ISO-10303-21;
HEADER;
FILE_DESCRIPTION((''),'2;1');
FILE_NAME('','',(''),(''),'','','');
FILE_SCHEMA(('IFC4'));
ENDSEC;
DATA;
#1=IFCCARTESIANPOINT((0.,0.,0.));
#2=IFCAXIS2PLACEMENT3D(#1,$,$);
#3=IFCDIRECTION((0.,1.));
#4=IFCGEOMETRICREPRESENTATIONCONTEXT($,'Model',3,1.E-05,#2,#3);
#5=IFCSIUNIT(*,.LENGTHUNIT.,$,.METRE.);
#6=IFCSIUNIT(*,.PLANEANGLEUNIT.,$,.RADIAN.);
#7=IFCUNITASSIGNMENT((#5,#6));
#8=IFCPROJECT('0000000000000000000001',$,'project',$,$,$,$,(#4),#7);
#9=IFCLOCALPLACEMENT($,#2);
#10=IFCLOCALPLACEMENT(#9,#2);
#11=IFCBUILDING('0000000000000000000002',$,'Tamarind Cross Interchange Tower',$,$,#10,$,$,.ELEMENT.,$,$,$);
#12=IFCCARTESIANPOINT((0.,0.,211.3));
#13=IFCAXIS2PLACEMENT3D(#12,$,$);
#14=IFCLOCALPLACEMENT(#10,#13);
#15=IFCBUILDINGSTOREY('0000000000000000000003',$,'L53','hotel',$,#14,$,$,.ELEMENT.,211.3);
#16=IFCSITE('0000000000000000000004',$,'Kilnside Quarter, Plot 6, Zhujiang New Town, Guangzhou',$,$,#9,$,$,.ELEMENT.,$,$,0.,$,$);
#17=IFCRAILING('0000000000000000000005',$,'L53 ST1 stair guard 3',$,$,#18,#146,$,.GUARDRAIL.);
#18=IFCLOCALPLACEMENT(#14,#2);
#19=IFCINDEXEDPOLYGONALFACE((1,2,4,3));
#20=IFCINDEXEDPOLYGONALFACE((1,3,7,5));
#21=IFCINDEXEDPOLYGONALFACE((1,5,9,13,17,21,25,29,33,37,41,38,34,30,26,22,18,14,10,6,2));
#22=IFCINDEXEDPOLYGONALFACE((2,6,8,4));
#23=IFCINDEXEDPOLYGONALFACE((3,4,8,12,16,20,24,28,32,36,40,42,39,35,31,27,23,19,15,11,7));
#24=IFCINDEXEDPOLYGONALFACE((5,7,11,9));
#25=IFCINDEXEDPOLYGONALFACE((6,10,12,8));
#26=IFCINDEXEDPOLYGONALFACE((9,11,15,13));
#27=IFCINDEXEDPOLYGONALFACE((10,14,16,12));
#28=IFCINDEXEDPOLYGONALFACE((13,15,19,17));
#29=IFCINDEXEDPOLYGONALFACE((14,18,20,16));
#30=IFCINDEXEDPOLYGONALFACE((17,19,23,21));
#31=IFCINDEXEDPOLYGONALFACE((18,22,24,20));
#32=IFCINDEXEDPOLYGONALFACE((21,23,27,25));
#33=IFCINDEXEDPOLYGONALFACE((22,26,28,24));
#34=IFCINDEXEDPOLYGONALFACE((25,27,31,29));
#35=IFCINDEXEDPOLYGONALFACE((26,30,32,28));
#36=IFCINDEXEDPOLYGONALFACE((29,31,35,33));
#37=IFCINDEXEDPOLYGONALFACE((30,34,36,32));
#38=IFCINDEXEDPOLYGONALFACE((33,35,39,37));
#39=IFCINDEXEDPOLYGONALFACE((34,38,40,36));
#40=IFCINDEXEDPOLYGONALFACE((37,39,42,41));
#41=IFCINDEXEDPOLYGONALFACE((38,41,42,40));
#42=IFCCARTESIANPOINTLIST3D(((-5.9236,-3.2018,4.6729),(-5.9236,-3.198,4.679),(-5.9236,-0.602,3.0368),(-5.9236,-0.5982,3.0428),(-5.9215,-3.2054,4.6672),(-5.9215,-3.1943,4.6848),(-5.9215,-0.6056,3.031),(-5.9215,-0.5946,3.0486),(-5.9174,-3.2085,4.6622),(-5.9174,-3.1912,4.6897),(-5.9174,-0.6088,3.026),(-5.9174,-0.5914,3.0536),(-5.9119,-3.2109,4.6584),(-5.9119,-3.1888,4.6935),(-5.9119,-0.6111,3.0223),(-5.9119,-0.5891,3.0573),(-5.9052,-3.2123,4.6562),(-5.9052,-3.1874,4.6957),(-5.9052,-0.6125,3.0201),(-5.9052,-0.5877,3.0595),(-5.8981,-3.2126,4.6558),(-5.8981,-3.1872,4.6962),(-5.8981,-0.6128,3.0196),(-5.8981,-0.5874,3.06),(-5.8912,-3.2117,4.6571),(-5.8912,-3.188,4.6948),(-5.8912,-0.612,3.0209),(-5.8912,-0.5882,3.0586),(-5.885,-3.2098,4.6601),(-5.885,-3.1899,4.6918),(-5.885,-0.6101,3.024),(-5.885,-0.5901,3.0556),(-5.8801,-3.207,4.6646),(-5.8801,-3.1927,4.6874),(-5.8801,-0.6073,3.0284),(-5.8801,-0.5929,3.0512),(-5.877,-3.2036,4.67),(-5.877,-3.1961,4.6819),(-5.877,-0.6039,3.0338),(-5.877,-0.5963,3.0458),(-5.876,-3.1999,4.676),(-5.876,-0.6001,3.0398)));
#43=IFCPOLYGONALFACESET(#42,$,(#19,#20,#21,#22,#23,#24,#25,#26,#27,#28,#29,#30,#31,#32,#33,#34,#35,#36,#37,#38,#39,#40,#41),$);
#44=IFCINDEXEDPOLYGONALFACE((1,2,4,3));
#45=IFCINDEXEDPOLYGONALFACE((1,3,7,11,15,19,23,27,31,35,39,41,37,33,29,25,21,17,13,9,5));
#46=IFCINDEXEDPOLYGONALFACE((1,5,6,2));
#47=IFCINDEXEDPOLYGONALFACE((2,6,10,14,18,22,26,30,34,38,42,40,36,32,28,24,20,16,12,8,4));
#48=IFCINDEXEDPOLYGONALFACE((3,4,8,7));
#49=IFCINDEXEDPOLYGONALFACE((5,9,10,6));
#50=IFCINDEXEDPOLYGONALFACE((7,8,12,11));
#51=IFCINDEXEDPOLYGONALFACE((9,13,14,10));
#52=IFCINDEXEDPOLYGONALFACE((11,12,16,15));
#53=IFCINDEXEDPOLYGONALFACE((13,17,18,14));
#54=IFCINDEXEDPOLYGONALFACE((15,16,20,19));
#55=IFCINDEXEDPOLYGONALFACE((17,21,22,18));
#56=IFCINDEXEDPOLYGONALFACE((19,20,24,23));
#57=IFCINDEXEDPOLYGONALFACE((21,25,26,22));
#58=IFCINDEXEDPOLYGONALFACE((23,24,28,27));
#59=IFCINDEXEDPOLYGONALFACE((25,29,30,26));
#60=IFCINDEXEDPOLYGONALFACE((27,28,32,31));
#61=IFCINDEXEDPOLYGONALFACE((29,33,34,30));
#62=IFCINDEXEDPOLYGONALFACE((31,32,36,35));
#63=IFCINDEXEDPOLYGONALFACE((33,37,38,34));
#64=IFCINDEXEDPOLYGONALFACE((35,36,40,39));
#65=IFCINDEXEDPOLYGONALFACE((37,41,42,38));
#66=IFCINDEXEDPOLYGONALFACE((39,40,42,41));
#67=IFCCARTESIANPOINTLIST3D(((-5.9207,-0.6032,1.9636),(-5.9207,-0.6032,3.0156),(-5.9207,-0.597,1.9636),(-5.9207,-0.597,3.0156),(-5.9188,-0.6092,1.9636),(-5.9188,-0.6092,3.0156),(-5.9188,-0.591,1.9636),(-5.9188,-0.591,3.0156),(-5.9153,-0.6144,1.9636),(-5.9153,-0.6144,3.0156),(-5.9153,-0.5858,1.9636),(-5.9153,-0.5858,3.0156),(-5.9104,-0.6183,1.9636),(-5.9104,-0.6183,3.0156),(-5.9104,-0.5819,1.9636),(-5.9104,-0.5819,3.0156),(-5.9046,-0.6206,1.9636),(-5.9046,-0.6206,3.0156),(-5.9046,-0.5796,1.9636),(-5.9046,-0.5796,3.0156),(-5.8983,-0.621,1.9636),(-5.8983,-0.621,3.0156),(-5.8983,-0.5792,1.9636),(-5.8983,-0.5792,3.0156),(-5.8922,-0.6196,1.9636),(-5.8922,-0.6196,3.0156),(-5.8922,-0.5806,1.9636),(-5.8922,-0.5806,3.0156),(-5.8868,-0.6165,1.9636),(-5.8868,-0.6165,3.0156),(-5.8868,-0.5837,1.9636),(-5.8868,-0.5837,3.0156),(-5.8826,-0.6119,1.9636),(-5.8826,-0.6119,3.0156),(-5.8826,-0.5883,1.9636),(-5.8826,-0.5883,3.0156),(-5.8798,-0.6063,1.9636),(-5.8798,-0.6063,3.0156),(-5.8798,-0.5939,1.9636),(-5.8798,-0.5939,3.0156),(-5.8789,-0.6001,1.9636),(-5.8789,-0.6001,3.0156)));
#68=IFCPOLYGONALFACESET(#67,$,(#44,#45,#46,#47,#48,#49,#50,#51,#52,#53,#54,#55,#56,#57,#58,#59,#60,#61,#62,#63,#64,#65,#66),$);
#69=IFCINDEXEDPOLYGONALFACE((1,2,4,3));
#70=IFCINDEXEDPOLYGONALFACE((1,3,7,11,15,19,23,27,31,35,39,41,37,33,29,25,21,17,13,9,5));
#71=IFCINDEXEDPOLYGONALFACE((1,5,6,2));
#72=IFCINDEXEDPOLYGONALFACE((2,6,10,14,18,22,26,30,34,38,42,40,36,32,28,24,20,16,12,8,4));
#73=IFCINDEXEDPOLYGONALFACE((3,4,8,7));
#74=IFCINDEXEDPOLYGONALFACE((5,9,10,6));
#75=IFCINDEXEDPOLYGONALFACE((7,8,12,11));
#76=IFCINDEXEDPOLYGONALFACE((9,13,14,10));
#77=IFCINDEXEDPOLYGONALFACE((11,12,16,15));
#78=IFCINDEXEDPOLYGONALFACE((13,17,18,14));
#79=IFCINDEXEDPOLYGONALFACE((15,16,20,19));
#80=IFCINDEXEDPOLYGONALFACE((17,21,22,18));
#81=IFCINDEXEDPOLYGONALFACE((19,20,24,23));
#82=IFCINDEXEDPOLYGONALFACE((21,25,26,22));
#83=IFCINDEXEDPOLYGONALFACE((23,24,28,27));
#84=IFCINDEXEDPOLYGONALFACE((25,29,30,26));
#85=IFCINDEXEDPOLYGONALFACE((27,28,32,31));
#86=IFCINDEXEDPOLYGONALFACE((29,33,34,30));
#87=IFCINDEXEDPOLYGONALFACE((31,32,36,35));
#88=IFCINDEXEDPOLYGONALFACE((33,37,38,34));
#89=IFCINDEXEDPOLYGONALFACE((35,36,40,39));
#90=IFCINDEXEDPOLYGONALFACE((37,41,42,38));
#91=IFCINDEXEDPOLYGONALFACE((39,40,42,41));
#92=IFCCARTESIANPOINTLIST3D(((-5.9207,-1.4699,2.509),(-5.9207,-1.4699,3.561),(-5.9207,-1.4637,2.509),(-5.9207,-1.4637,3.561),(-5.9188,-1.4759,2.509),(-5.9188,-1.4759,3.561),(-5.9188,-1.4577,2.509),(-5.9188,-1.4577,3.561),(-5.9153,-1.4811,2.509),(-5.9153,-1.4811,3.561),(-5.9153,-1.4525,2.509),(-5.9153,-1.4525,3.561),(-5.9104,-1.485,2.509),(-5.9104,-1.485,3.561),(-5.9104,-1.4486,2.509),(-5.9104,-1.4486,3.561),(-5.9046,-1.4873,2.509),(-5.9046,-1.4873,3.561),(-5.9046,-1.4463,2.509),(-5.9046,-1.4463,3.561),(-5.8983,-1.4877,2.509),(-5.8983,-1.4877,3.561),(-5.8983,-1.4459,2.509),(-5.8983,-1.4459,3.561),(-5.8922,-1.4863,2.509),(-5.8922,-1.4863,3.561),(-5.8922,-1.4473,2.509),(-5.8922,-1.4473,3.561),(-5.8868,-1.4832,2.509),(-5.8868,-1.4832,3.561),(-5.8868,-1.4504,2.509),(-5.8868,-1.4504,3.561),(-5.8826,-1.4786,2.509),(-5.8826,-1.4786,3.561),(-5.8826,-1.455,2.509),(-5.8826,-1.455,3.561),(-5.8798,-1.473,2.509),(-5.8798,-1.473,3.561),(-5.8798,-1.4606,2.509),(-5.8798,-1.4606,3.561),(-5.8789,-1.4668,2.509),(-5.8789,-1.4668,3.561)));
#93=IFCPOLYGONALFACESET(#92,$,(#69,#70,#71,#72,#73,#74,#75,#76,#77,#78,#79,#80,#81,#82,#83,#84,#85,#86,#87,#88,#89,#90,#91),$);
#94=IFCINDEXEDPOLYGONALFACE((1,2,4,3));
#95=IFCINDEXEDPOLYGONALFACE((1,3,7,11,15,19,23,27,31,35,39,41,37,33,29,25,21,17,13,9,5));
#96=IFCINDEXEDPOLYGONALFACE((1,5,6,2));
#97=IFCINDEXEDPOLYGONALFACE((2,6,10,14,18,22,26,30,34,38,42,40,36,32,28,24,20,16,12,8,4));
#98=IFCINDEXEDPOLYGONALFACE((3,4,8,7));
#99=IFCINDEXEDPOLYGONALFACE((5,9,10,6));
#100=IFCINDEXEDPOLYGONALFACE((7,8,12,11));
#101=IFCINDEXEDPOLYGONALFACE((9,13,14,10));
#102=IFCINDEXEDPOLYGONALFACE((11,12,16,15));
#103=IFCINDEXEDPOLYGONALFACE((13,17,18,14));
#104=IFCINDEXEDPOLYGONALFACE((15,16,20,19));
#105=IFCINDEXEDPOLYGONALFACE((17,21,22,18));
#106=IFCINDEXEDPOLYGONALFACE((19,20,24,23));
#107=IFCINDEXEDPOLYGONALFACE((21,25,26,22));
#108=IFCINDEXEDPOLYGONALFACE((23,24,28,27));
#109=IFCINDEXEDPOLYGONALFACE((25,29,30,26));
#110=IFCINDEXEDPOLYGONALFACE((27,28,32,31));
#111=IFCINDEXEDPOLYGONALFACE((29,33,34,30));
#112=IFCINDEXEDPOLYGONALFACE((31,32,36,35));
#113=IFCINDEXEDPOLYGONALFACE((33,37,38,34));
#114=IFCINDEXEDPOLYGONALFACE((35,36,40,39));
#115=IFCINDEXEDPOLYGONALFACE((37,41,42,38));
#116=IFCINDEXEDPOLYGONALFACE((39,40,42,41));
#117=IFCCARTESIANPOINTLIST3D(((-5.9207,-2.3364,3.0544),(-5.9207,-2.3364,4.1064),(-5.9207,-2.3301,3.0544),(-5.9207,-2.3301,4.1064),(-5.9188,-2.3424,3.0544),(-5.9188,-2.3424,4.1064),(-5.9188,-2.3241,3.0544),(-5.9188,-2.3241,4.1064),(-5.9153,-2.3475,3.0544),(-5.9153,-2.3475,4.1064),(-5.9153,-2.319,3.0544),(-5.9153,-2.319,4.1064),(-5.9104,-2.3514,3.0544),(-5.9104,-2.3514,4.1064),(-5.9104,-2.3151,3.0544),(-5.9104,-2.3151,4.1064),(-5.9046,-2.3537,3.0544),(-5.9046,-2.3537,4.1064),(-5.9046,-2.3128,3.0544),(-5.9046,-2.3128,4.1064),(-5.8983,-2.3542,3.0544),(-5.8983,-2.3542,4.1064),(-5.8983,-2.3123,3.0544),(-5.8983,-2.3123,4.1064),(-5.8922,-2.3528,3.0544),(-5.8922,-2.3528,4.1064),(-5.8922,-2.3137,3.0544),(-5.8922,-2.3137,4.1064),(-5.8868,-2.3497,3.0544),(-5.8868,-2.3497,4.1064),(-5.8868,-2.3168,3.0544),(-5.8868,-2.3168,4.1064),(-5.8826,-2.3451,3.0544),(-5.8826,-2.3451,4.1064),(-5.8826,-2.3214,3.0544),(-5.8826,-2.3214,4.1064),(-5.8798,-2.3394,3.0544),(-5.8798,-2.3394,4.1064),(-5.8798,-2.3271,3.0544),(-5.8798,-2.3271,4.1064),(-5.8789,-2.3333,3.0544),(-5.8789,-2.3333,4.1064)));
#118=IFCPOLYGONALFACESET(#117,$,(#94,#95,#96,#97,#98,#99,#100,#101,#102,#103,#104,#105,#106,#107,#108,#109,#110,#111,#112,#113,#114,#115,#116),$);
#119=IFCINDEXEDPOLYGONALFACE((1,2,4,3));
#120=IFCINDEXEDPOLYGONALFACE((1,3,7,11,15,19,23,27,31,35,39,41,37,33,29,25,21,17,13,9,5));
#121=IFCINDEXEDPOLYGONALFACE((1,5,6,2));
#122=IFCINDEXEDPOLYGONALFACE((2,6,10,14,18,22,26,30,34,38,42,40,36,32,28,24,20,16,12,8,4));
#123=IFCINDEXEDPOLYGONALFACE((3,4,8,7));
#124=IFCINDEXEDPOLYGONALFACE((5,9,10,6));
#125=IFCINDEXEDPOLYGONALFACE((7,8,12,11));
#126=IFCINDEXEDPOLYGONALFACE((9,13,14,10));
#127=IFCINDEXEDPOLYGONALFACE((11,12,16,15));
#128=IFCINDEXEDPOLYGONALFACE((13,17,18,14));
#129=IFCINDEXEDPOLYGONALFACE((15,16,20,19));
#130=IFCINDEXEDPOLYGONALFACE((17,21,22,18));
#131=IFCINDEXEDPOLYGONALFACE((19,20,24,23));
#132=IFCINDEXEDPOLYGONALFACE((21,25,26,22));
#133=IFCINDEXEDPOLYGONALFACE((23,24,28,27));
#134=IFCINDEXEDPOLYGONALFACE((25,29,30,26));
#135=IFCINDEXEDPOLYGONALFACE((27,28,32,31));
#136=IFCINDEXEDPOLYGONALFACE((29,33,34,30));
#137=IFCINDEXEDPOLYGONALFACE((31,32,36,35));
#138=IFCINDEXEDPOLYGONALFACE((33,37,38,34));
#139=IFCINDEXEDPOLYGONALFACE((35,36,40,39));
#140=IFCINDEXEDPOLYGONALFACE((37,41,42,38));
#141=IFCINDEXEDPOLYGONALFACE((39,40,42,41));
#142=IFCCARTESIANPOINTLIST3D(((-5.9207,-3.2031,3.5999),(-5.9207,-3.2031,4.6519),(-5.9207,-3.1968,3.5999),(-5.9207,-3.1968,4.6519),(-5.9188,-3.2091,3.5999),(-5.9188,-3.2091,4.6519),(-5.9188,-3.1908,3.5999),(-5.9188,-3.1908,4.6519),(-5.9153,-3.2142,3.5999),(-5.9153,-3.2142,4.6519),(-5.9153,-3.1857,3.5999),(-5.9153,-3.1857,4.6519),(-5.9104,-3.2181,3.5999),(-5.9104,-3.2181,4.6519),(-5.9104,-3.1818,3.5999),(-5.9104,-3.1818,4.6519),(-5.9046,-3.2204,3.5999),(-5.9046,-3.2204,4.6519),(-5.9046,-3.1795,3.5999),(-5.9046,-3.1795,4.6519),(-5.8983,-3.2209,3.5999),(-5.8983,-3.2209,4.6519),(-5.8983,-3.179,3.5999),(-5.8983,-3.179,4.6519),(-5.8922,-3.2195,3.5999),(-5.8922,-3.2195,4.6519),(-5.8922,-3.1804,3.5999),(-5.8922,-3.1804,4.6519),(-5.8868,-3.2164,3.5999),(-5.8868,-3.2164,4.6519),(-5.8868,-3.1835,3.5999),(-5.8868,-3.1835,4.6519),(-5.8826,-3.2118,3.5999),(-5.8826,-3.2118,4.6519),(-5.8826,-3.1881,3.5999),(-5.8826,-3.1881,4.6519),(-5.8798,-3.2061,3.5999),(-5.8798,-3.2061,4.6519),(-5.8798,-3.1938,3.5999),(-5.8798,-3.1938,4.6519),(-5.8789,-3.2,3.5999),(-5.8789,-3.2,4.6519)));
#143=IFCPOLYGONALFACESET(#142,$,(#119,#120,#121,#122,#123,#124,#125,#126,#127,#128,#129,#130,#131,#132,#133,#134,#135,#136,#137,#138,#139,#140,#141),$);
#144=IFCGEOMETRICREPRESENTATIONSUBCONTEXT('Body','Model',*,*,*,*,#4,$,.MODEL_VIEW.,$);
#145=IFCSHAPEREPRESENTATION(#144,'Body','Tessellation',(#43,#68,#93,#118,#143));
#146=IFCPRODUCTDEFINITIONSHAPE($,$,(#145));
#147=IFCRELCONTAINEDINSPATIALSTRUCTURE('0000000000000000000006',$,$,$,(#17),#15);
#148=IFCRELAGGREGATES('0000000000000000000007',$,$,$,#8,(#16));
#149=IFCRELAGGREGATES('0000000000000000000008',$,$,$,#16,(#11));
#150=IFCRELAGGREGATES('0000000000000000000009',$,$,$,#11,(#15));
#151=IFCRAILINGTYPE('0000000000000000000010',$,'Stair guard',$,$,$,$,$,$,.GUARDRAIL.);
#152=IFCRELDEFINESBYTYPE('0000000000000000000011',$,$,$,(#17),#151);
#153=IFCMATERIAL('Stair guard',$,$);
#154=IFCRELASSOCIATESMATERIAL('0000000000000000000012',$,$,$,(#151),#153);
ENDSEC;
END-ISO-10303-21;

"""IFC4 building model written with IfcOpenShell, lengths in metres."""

from ifc_helpers import new_model, si_unit, direction, frame, origin, origin_2d, place, context, subcontext, project, spatial, circle, extrude, material, type_object, element, save


model = new_model("IFC4")

# Units and contexts
model_context = context("Model", 3, precision=1e-05, world=origin(), true_north=direction((0.0, 1.0)))
body_context = subcontext(model_context, "Body", "Model", "MODEL_VIEW")
ifc_project = project(units=[si_unit("LENGTHUNIT", "METRE"), si_unit("PLANEANGLEUNIT", "RADIAN")], contexts=[model_context])

# Site, building, storey
site_placement = place(None, origin())
site = spatial("IfcSite", under=ifc_project, at=site_placement, Name="Kilnside Quarter, Plot 6, Zhujiang New Town, Guangzhou", CompositionType="ELEMENT", RefElevation=0.0)
building_placement = place(site_placement, origin())
building = spatial("IfcBuilding", under=site, at=building_placement, Name="Tamarind Cross Interchange Tower", CompositionType="ELEMENT")
storey_placement = place(building_placement, frame((0.0, 0.0, 211.3)))
storey = spatial("IfcBuildingStorey", under=building, at=storey_placement, Name="L53", Description="hotel", CompositionType="ELEMENT", Elevation=211.3)

# Railing
ifc_material_1 = material(Name="Stair guard")
railing_type_1 = type_object("IfcRailingType", Name="Stair guard", PredefinedType="GUARDRAIL", material=ifc_material_1)
railing_1_placement = place(storey_placement, frame((-5.8999, -0.6001, 1.9636)))
element("IfcRailing", 1, at=railing_1_placement, inside=storey, type_object=railing_type_1, Name="L53 ST1 stair guard 3", PredefinedType="GUARDRAIL", context=body_context, shape_type="SweptSolid", body=[
    extrude(circle(Radius=0.0239, at=origin_2d()), frame((0.0, 0.0, 1.0762), z_axis=(0.0, -0.846338, 0.532647), x_axis=(1.0, 0.0, 0.0)), (0.0, 0.0, 1.0), 3.0718),
    extrude(circle(Radius=0.021, at=origin_2d()), origin(), (0.0, 0.0, 1.0), 1.052),
    extrude(circle(Radius=0.021, at=origin_2d()), frame((0.0, -0.8667, 0.5454)), (0.0, 0.0, 1.0), 1.052),
    extrude(circle(Radius=0.021, at=origin_2d()), frame((0.0, -1.7332, 1.0908)), (0.0, 0.0, 1.0), 1.052),
    extrude(circle(Radius=0.021, at=origin_2d()), frame((0.0, -2.5999, 1.6362)), (0.0, 0.0, 1.0), 1.052),
])

save(model, "model.ifc")
